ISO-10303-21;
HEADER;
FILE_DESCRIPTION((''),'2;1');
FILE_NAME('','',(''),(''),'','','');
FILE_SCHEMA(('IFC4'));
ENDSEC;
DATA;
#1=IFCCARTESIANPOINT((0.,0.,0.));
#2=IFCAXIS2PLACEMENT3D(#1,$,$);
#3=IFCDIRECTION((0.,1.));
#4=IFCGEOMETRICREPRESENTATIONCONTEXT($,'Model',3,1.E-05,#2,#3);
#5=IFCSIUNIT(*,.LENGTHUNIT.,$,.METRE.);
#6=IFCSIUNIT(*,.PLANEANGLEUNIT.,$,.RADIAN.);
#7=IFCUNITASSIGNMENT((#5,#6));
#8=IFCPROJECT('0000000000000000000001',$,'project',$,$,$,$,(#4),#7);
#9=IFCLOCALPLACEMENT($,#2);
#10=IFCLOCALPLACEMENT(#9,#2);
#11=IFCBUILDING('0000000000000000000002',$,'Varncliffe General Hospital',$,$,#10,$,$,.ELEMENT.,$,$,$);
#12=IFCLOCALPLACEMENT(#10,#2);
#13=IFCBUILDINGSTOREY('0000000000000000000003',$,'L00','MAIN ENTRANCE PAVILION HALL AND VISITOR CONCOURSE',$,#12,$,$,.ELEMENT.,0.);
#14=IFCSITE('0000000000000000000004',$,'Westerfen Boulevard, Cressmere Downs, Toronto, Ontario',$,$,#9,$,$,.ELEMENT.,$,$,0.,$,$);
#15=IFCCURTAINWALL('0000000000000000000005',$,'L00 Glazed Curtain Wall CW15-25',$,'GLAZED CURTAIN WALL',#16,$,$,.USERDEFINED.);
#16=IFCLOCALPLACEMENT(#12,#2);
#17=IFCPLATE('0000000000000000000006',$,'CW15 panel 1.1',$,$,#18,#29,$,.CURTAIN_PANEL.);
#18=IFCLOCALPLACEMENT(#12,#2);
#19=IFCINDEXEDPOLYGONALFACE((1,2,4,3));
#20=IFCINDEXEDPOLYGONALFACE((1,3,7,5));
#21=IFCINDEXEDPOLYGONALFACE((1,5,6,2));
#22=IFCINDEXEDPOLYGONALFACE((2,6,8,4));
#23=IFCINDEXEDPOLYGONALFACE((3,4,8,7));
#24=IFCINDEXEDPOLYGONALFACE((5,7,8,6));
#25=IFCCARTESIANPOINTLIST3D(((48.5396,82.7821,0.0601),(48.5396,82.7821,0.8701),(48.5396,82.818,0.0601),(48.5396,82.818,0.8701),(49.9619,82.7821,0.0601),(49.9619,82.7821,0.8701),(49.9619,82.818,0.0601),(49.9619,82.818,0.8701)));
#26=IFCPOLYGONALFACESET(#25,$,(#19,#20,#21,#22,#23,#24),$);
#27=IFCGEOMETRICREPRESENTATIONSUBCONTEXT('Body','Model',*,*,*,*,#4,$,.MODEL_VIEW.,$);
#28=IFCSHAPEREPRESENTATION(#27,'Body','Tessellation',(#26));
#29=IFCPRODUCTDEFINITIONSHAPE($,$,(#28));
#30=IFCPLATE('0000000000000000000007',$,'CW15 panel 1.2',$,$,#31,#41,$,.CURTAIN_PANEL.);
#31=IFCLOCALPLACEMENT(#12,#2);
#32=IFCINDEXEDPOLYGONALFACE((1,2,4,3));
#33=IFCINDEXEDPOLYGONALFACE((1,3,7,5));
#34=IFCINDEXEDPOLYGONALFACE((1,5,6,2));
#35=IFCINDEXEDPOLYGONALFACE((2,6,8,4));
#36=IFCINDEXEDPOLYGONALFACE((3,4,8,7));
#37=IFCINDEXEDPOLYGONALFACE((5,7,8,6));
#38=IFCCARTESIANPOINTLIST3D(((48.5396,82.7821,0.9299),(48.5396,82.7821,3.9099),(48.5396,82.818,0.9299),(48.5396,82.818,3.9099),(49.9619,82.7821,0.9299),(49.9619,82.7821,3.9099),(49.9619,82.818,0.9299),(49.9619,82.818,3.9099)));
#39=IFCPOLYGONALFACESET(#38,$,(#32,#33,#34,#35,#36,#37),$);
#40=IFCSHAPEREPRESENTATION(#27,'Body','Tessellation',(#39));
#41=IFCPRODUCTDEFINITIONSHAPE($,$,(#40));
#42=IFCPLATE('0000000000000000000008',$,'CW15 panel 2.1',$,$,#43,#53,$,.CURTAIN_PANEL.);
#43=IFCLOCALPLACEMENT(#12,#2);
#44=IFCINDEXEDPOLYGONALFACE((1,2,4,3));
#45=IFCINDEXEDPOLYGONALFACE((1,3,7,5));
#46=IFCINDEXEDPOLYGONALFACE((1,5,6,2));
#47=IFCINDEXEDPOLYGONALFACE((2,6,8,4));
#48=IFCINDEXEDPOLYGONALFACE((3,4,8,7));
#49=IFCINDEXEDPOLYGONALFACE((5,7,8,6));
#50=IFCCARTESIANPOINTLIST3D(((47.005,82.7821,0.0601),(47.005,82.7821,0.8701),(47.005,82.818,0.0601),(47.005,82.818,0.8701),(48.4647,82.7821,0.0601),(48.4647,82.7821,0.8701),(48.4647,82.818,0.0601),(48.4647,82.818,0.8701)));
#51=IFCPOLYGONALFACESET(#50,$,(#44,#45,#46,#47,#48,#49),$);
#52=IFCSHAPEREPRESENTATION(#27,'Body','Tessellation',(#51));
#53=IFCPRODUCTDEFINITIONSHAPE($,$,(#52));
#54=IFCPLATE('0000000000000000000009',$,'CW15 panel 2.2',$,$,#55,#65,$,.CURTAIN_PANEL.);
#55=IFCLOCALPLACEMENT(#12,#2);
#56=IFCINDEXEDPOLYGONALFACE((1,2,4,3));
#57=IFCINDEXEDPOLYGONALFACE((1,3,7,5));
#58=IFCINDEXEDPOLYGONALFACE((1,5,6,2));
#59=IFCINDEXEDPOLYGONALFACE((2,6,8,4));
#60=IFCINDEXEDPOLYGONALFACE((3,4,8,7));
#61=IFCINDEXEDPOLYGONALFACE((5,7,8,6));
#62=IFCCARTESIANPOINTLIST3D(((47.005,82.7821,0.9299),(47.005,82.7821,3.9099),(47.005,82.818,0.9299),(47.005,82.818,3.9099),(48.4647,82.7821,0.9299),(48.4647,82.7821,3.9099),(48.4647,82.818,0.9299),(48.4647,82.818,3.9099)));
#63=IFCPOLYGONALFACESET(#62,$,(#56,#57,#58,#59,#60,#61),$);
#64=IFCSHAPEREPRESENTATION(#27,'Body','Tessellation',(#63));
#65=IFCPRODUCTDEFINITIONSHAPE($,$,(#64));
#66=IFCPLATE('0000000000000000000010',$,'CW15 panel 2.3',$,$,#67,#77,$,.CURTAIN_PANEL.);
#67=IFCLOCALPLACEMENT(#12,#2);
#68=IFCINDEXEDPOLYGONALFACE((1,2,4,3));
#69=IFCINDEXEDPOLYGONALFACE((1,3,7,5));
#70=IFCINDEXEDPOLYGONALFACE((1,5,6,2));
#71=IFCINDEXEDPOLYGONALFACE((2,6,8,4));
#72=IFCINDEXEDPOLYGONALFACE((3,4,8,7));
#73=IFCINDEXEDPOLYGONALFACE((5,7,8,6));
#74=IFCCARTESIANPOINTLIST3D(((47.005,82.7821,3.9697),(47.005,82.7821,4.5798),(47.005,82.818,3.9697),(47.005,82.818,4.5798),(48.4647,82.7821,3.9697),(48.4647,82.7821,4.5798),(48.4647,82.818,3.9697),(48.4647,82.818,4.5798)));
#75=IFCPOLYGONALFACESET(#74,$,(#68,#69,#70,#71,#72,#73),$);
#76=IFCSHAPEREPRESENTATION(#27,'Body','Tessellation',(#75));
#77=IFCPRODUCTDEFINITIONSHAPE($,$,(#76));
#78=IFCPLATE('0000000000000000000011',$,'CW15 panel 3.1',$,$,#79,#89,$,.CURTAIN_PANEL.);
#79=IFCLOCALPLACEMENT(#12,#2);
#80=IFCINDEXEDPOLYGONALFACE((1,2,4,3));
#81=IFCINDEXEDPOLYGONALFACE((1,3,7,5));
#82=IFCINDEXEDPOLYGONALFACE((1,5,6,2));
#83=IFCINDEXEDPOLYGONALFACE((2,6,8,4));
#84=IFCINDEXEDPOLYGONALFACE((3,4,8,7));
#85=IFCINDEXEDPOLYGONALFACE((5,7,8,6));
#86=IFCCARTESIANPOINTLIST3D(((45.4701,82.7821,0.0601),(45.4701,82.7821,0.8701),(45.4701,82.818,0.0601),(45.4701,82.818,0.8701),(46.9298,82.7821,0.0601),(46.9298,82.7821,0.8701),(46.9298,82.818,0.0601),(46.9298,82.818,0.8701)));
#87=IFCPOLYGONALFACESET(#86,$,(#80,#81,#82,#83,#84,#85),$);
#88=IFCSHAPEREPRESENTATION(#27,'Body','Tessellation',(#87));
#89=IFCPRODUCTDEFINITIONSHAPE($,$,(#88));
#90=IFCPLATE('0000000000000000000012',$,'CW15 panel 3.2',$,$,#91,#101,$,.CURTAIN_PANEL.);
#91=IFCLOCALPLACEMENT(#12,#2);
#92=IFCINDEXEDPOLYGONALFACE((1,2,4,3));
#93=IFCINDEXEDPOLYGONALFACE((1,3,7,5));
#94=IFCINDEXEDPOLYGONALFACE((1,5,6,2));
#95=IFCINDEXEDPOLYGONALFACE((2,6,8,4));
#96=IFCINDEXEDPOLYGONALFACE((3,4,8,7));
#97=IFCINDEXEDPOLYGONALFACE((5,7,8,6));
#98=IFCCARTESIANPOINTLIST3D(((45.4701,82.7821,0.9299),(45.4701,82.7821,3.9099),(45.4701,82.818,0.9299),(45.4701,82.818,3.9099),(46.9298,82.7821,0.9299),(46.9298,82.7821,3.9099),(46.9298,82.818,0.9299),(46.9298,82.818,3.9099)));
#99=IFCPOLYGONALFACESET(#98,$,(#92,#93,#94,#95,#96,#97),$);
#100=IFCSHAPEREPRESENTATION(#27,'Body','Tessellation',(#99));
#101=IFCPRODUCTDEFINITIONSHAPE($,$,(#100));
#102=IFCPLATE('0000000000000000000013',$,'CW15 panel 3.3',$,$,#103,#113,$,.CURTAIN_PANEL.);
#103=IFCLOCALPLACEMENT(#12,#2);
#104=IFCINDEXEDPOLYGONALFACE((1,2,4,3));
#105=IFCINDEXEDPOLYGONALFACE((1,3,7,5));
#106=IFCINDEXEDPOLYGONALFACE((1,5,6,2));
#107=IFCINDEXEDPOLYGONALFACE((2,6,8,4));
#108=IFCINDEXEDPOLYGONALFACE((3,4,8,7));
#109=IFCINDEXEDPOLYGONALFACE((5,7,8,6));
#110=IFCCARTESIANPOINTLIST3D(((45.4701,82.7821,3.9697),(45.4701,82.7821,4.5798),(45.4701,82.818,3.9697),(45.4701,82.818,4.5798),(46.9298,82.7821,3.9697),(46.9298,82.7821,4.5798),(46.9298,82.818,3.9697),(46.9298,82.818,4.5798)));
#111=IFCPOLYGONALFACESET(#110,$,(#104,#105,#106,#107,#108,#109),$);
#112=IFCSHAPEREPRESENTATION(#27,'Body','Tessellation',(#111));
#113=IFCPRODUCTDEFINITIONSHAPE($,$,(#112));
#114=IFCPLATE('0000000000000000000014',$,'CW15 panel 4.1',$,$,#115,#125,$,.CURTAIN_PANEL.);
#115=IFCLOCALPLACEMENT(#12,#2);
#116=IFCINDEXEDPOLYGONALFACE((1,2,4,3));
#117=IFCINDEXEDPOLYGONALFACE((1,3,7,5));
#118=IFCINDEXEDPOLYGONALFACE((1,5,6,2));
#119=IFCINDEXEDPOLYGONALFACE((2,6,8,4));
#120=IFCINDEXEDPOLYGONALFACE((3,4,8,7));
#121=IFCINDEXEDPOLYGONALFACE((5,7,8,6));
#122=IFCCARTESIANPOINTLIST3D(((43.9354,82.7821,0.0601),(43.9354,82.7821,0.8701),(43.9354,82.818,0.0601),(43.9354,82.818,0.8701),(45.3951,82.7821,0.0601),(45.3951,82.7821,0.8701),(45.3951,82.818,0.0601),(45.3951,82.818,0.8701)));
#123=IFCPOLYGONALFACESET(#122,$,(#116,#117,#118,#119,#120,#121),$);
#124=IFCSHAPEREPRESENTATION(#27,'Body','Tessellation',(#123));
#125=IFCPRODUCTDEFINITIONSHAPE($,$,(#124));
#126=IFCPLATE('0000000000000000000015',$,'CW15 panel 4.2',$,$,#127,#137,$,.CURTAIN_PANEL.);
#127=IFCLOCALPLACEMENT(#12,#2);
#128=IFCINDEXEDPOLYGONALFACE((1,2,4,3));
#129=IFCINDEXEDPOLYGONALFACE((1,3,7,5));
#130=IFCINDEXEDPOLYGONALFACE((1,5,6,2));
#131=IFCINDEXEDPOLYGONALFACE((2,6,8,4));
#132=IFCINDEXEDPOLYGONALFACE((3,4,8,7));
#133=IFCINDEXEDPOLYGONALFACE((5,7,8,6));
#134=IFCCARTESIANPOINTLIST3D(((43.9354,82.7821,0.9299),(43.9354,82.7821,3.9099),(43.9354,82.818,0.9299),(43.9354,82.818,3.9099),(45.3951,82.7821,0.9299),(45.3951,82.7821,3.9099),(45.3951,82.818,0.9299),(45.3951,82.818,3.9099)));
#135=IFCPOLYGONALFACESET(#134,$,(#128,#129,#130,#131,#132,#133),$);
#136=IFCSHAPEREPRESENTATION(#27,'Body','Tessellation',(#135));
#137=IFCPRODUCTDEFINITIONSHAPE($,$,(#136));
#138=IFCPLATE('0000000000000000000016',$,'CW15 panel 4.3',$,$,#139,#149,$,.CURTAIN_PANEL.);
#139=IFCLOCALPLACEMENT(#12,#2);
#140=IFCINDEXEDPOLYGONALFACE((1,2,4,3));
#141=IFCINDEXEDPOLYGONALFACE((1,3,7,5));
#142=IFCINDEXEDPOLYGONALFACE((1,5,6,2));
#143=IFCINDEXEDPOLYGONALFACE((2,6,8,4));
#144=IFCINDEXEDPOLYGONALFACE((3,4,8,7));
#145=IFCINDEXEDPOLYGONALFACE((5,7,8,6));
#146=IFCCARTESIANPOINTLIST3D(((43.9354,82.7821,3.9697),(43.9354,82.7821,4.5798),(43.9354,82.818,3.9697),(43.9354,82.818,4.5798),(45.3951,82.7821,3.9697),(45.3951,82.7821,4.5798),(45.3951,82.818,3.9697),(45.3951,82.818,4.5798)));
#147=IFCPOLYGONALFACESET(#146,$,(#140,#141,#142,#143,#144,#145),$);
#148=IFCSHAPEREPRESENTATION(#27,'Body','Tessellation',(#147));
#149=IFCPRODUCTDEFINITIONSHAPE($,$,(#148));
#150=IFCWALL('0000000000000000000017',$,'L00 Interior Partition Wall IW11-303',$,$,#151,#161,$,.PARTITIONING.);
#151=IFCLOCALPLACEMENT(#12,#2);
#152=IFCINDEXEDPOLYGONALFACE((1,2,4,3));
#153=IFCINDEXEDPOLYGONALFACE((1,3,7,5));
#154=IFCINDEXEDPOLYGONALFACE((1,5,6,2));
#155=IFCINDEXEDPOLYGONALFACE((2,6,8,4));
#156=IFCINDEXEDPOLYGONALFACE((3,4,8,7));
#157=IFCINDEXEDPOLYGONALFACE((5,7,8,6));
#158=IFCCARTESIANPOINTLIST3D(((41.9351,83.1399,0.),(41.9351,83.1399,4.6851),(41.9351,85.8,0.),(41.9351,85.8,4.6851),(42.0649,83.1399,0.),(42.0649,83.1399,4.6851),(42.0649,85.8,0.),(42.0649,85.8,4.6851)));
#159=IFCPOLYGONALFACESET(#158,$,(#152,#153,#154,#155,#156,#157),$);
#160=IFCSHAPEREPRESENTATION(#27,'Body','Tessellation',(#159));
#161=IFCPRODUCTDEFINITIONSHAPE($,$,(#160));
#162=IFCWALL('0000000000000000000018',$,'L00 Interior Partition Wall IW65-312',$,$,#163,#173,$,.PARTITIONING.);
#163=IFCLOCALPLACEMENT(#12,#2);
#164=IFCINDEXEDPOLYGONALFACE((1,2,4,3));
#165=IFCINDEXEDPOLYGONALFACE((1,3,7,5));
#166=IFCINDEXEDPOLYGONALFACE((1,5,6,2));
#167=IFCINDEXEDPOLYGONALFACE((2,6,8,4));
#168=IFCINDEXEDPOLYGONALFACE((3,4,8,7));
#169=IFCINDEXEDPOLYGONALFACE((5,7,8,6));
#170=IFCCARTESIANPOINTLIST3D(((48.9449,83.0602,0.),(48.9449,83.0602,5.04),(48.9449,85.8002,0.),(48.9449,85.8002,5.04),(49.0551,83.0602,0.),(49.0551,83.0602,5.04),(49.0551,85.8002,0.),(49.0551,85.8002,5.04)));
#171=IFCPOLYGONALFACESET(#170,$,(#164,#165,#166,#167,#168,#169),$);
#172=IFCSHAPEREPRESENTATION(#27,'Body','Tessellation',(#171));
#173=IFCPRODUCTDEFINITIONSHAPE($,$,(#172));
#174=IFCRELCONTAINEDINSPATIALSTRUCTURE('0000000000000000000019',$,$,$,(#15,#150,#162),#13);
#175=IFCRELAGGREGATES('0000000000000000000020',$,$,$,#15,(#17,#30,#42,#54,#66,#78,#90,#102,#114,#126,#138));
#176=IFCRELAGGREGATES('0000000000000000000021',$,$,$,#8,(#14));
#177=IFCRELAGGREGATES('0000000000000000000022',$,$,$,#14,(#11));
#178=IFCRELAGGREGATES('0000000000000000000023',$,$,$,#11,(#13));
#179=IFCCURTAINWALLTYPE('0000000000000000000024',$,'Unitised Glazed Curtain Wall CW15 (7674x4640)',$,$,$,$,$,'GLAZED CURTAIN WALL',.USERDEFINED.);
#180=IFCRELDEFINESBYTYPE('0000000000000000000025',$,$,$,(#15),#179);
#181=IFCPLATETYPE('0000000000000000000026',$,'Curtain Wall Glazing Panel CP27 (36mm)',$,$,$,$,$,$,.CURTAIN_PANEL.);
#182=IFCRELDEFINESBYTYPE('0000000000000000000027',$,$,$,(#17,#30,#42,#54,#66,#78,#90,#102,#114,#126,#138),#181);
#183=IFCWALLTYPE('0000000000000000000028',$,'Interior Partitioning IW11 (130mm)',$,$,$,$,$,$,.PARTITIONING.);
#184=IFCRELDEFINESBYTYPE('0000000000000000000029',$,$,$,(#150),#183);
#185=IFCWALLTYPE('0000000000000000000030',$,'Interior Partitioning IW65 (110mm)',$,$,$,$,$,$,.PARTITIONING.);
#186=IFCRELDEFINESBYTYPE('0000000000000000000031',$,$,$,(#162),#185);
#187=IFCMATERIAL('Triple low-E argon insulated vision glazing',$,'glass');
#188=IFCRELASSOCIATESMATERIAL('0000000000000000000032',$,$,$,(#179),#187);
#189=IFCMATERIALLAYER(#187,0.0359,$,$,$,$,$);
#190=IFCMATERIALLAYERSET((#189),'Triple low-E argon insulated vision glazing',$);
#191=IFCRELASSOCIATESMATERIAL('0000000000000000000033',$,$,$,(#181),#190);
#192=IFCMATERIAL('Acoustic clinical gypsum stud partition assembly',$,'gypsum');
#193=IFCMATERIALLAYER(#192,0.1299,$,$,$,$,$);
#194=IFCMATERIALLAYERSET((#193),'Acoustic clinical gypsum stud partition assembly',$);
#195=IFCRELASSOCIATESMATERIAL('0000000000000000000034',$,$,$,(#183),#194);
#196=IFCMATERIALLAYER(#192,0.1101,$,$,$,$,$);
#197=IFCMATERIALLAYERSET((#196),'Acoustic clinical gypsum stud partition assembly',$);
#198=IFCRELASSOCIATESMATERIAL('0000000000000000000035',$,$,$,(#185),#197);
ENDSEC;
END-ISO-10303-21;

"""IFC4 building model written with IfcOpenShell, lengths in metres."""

from ifc_helpers import new_model, si_unit, direction, frame, frame_2d, origin, origin_2d, place, context, subcontext, project, spatial, rectangle, extrude, material, layer, layer_set, type_object, element, aggregate, save


model = new_model("IFC4")

# Units and contexts
model_context = context("Model", 3, precision=1e-05, world=origin(), true_north=direction((0.0, 1.0)))
body_context = subcontext(model_context, "Body", "Model", "MODEL_VIEW")
ifc_project = project(units=[si_unit("LENGTHUNIT", "METRE"), si_unit("PLANEANGLEUNIT", "RADIAN")], contexts=[model_context])

# Site, building, storey
site_placement = place(None, origin())
site = spatial("IfcSite", under=ifc_project, at=site_placement, Name="Westerfen Boulevard, Cressmere Downs, Toronto, Ontario", CompositionType="ELEMENT", RefElevation=0.0)
building_placement = place(site_placement, origin())
building = spatial("IfcBuilding", under=site, at=building_placement, Name="Varncliffe General Hospital", CompositionType="ELEMENT")
storey_placement = place(building_placement, origin())
storey = spatial("IfcBuildingStorey", under=building, at=storey_placement, Name="L00", Description="MAIN ENTRANCE PAVILION HALL AND VISITOR CONCOURSE", CompositionType="ELEMENT", Elevation=0.0)

# Curtain wall, plates
ifc_material_1 = material(Name="Triple low-E argon insulated vision glazing", Category="glass")
curtain_wall_type = type_object("IfcCurtainWallType", Name="Unitised Glazed Curtain Wall CW15 (7674x4640)", ElementType="GLAZED CURTAIN WALL", PredefinedType="USERDEFINED", material=ifc_material_1)
curtain_wall_placement = place(storey_placement, origin())
curtain_wall = element("IfcCurtainWall", 1, at=curtain_wall_placement, inside=storey, type_object=curtain_wall_type, Name="L00 Glazed Curtain Wall CW15-25", ObjectType="GLAZED CURTAIN WALL", PredefinedType="USERDEFINED")
ifc_layer_1 = layer(ifc_material_1, 0.0359)
ifc_layer_set_1 = layer_set([ifc_layer_1], Name="Triple low-E argon insulated vision glazing")
plate_type = type_object("IfcPlateType", Name="Curtain Wall Glazing Panel CP27 (36mm)", PredefinedType="CURTAIN_PANEL", material=ifc_layer_set_1)
plate_1_placement = place(storey_placement, frame((49.2507, 82.8, 0.0601), z_axis=(0.0, 0.0, 1.0), x_axis=(-1.0, 0.0, 0.0)))
plate_1 = element("IfcPlate", 2, at=plate_1_placement, type_object=plate_type, Name="CW15 panel 1.1", PredefinedType="CURTAIN_PANEL", context=body_context, shape_type="SweptSolid", body=[
    extrude(rectangle(XDim=1.4224, YDim=0.0359, at=origin_2d()), origin(), (0.0, 0.0, 1.0), 0.8101),
])
plate_2_placement = place(storey_placement, frame((49.2507, 82.8, 0.9299), z_axis=(0.0, 0.0, 1.0), x_axis=(-1.0, 0.0, 0.0)))
plate_2 = element("IfcPlate", 3, at=plate_2_placement, type_object=plate_type, Name="CW15 panel 1.2", PredefinedType="CURTAIN_PANEL", context=body_context, shape_type="SweptSolid", body=[
    extrude(rectangle(XDim=1.4224, YDim=0.0359, at=origin_2d()), origin(), (0.0, 0.0, 1.0), 2.98),
])
plate_3_placement = place(storey_placement, frame((47.7349, 82.8, 0.0601), z_axis=(0.0, 0.0, 1.0), x_axis=(-1.0, 0.0, 0.0)))
plate_3 = element("IfcPlate", 4, at=plate_3_placement, type_object=plate_type, Name="CW15 panel 2.1", PredefinedType="CURTAIN_PANEL", context=body_context, shape_type="SweptSolid", body=[
    extrude(rectangle(XDim=1.4597, YDim=0.0359, at=origin_2d()), origin(), (0.0, 0.0, 1.0), 0.8101),
])
plate_4_placement = place(storey_placement, frame((47.7349, 82.8, 0.9299), z_axis=(0.0, 0.0, 1.0), x_axis=(-1.0, 0.0, 0.0)))
plate_4 = element("IfcPlate", 5, at=plate_4_placement, type_object=plate_type, Name="CW15 panel 2.2", PredefinedType="CURTAIN_PANEL", context=body_context, shape_type="SweptSolid", body=[
    extrude(rectangle(XDim=1.4597, YDim=0.0359, at=origin_2d()), origin(), (0.0, 0.0, 1.0), 2.98),
])
plate_5_placement = place(storey_placement, frame((47.7349, 82.8, 3.9697), z_axis=(0.0, 0.0, 1.0), x_axis=(-1.0, 0.0, 0.0)))
plate_5 = element("IfcPlate", 6, at=plate_5_placement, type_object=plate_type, Name="CW15 panel 2.3", PredefinedType="CURTAIN_PANEL", context=body_context, shape_type="SweptSolid", body=[
    extrude(rectangle(XDim=1.4597, YDim=0.0359, at=origin_2d()), origin(), (0.0, 0.0, 1.0), 0.6101),
])
plate_6_placement = place(storey_placement, frame((46.2, 82.8, 0.0601), z_axis=(0.0, 0.0, 1.0), x_axis=(-1.0, 0.0, 0.0)))
plate_6 = element("IfcPlate", 7, at=plate_6_placement, type_object=plate_type, Name="CW15 panel 3.1", PredefinedType="CURTAIN_PANEL", context=body_context, shape_type="SweptSolid", body=[
    extrude(rectangle(XDim=1.4597, YDim=0.0359, at=origin_2d()), origin(), (0.0, 0.0, 1.0), 0.8101),
])
plate_7_placement = place(storey_placement, frame((46.2, 82.8, 0.9299), z_axis=(0.0, 0.0, 1.0), x_axis=(-1.0, 0.0, 0.0)))
plate_7 = element("IfcPlate", 8, at=plate_7_placement, type_object=plate_type, Name="CW15 panel 3.2", PredefinedType="CURTAIN_PANEL", context=body_context, shape_type="SweptSolid", body=[
    extrude(rectangle(XDim=1.4597, YDim=0.0359, at=origin_2d()), origin(), (0.0, 0.0, 1.0), 2.98),
])
plate_8_placement = place(storey_placement, frame((46.2, 82.8, 3.9697), z_axis=(0.0, 0.0, 1.0), x_axis=(-1.0, 0.0, 0.0)))
plate_8 = element("IfcPlate", 9, at=plate_8_placement, type_object=plate_type, Name="CW15 panel 3.3", PredefinedType="CURTAIN_PANEL", context=body_context, shape_type="SweptSolid", body=[
    extrude(rectangle(XDim=1.4597, YDim=0.0359, at=origin_2d()), origin(), (0.0, 0.0, 1.0), 0.6101),
])
plate_9_placement = place(storey_placement, frame((44.6653, 82.8, 0.0601), z_axis=(0.0, 0.0, 1.0), x_axis=(-1.0, 0.0, 0.0)))
plate_9 = element("IfcPlate", 10, at=plate_9_placement, type_object=plate_type, Name="CW15 panel 4.1", PredefinedType="CURTAIN_PANEL", context=body_context, shape_type="SweptSolid", body=[
    extrude(rectangle(XDim=1.4597, YDim=0.0359, at=origin_2d()), origin(), (0.0, 0.0, 1.0), 0.8101),
])
plate_10_placement = place(storey_placement, frame((44.6653, 82.8, 0.9299), z_axis=(0.0, 0.0, 1.0), x_axis=(-1.0, 0.0, 0.0)))
plate_10 = element("IfcPlate", 11, at=plate_10_placement, type_object=plate_type, Name="CW15 panel 4.2", PredefinedType="CURTAIN_PANEL", context=body_context, shape_type="SweptSolid", body=[
    extrude(rectangle(XDim=1.4597, YDim=0.0359, at=origin_2d()), origin(), (0.0, 0.0, 1.0), 2.98),
])
plate_11_placement = place(storey_placement, frame((44.6653, 82.8, 3.9697), z_axis=(0.0, 0.0, 1.0), x_axis=(-1.0, 0.0, 0.0)))
plate_11 = element("IfcPlate", 12, at=plate_11_placement, type_object=plate_type, Name="CW15 panel 4.3", PredefinedType="CURTAIN_PANEL", context=body_context, shape_type="SweptSolid", body=[
    extrude(rectangle(XDim=1.4597, YDim=0.0359, at=origin_2d()), origin(), (0.0, 0.0, 1.0), 0.6101),
])
aggregate(curtain_wall, [plate_1, plate_2, plate_3, plate_4, plate_5, plate_6, plate_7, plate_8, plate_9, plate_10, plate_11])

# Walls
ifc_material_2 = material(Name="Acoustic clinical gypsum stud partition assembly", Category="gypsum")
ifc_layer_2 = layer(ifc_material_2, 0.1299)
ifc_layer_set_2 = layer_set([ifc_layer_2], Name="Acoustic clinical gypsum stud partition assembly")
wall_type_1 = type_object("IfcWallType", Name="Interior Partitioning IW11 (130mm)", PredefinedType="PARTITIONING", material=ifc_layer_set_2)
wall_1_placement = place(storey_placement, frame((42.0, 83.1399, 0.0), z_axis=(0.0, 0.0, 1.0), x_axis=(0.0, 1.0, 0.0)))
element("IfcWall", 13, at=wall_1_placement, inside=storey, type_object=wall_type_1, Name="L00 Interior Partition Wall IW11-303", PredefinedType="PARTITIONING", context=body_context, shape_type="SweptSolid", body=[
    extrude(rectangle(XDim=2.6602, YDim=0.1299, at=frame_2d((1.3301, 0.0))), origin(), (0.0, 0.0, 1.0), 4.6851),
])
ifc_layer_3 = layer(ifc_material_2, 0.1101)
ifc_layer_set_3 = layer_set([ifc_layer_3], Name="Acoustic clinical gypsum stud partition assembly")
wall_type_2 = type_object("IfcWallType", Name="Interior Partitioning IW65 (110mm)", PredefinedType="PARTITIONING", material=ifc_layer_set_3)
wall_2_placement = place(storey_placement, frame((49.0, 83.0601, 0.0), z_axis=(0.0, 0.0, 1.0), x_axis=(0.0, 1.0, 0.0)))
element("IfcWall", 14, at=wall_2_placement, inside=storey, type_object=wall_type_2, Name="L00 Interior Partition Wall IW65-312", PredefinedType="PARTITIONING", context=body_context, shape_type="SweptSolid", body=[
    extrude(rectangle(XDim=2.74, YDim=0.1101, at=frame_2d((1.3701, 0.0))), origin(), (0.0, 0.0, 1.0), 5.04),
])

save(model, "model.ifc")
